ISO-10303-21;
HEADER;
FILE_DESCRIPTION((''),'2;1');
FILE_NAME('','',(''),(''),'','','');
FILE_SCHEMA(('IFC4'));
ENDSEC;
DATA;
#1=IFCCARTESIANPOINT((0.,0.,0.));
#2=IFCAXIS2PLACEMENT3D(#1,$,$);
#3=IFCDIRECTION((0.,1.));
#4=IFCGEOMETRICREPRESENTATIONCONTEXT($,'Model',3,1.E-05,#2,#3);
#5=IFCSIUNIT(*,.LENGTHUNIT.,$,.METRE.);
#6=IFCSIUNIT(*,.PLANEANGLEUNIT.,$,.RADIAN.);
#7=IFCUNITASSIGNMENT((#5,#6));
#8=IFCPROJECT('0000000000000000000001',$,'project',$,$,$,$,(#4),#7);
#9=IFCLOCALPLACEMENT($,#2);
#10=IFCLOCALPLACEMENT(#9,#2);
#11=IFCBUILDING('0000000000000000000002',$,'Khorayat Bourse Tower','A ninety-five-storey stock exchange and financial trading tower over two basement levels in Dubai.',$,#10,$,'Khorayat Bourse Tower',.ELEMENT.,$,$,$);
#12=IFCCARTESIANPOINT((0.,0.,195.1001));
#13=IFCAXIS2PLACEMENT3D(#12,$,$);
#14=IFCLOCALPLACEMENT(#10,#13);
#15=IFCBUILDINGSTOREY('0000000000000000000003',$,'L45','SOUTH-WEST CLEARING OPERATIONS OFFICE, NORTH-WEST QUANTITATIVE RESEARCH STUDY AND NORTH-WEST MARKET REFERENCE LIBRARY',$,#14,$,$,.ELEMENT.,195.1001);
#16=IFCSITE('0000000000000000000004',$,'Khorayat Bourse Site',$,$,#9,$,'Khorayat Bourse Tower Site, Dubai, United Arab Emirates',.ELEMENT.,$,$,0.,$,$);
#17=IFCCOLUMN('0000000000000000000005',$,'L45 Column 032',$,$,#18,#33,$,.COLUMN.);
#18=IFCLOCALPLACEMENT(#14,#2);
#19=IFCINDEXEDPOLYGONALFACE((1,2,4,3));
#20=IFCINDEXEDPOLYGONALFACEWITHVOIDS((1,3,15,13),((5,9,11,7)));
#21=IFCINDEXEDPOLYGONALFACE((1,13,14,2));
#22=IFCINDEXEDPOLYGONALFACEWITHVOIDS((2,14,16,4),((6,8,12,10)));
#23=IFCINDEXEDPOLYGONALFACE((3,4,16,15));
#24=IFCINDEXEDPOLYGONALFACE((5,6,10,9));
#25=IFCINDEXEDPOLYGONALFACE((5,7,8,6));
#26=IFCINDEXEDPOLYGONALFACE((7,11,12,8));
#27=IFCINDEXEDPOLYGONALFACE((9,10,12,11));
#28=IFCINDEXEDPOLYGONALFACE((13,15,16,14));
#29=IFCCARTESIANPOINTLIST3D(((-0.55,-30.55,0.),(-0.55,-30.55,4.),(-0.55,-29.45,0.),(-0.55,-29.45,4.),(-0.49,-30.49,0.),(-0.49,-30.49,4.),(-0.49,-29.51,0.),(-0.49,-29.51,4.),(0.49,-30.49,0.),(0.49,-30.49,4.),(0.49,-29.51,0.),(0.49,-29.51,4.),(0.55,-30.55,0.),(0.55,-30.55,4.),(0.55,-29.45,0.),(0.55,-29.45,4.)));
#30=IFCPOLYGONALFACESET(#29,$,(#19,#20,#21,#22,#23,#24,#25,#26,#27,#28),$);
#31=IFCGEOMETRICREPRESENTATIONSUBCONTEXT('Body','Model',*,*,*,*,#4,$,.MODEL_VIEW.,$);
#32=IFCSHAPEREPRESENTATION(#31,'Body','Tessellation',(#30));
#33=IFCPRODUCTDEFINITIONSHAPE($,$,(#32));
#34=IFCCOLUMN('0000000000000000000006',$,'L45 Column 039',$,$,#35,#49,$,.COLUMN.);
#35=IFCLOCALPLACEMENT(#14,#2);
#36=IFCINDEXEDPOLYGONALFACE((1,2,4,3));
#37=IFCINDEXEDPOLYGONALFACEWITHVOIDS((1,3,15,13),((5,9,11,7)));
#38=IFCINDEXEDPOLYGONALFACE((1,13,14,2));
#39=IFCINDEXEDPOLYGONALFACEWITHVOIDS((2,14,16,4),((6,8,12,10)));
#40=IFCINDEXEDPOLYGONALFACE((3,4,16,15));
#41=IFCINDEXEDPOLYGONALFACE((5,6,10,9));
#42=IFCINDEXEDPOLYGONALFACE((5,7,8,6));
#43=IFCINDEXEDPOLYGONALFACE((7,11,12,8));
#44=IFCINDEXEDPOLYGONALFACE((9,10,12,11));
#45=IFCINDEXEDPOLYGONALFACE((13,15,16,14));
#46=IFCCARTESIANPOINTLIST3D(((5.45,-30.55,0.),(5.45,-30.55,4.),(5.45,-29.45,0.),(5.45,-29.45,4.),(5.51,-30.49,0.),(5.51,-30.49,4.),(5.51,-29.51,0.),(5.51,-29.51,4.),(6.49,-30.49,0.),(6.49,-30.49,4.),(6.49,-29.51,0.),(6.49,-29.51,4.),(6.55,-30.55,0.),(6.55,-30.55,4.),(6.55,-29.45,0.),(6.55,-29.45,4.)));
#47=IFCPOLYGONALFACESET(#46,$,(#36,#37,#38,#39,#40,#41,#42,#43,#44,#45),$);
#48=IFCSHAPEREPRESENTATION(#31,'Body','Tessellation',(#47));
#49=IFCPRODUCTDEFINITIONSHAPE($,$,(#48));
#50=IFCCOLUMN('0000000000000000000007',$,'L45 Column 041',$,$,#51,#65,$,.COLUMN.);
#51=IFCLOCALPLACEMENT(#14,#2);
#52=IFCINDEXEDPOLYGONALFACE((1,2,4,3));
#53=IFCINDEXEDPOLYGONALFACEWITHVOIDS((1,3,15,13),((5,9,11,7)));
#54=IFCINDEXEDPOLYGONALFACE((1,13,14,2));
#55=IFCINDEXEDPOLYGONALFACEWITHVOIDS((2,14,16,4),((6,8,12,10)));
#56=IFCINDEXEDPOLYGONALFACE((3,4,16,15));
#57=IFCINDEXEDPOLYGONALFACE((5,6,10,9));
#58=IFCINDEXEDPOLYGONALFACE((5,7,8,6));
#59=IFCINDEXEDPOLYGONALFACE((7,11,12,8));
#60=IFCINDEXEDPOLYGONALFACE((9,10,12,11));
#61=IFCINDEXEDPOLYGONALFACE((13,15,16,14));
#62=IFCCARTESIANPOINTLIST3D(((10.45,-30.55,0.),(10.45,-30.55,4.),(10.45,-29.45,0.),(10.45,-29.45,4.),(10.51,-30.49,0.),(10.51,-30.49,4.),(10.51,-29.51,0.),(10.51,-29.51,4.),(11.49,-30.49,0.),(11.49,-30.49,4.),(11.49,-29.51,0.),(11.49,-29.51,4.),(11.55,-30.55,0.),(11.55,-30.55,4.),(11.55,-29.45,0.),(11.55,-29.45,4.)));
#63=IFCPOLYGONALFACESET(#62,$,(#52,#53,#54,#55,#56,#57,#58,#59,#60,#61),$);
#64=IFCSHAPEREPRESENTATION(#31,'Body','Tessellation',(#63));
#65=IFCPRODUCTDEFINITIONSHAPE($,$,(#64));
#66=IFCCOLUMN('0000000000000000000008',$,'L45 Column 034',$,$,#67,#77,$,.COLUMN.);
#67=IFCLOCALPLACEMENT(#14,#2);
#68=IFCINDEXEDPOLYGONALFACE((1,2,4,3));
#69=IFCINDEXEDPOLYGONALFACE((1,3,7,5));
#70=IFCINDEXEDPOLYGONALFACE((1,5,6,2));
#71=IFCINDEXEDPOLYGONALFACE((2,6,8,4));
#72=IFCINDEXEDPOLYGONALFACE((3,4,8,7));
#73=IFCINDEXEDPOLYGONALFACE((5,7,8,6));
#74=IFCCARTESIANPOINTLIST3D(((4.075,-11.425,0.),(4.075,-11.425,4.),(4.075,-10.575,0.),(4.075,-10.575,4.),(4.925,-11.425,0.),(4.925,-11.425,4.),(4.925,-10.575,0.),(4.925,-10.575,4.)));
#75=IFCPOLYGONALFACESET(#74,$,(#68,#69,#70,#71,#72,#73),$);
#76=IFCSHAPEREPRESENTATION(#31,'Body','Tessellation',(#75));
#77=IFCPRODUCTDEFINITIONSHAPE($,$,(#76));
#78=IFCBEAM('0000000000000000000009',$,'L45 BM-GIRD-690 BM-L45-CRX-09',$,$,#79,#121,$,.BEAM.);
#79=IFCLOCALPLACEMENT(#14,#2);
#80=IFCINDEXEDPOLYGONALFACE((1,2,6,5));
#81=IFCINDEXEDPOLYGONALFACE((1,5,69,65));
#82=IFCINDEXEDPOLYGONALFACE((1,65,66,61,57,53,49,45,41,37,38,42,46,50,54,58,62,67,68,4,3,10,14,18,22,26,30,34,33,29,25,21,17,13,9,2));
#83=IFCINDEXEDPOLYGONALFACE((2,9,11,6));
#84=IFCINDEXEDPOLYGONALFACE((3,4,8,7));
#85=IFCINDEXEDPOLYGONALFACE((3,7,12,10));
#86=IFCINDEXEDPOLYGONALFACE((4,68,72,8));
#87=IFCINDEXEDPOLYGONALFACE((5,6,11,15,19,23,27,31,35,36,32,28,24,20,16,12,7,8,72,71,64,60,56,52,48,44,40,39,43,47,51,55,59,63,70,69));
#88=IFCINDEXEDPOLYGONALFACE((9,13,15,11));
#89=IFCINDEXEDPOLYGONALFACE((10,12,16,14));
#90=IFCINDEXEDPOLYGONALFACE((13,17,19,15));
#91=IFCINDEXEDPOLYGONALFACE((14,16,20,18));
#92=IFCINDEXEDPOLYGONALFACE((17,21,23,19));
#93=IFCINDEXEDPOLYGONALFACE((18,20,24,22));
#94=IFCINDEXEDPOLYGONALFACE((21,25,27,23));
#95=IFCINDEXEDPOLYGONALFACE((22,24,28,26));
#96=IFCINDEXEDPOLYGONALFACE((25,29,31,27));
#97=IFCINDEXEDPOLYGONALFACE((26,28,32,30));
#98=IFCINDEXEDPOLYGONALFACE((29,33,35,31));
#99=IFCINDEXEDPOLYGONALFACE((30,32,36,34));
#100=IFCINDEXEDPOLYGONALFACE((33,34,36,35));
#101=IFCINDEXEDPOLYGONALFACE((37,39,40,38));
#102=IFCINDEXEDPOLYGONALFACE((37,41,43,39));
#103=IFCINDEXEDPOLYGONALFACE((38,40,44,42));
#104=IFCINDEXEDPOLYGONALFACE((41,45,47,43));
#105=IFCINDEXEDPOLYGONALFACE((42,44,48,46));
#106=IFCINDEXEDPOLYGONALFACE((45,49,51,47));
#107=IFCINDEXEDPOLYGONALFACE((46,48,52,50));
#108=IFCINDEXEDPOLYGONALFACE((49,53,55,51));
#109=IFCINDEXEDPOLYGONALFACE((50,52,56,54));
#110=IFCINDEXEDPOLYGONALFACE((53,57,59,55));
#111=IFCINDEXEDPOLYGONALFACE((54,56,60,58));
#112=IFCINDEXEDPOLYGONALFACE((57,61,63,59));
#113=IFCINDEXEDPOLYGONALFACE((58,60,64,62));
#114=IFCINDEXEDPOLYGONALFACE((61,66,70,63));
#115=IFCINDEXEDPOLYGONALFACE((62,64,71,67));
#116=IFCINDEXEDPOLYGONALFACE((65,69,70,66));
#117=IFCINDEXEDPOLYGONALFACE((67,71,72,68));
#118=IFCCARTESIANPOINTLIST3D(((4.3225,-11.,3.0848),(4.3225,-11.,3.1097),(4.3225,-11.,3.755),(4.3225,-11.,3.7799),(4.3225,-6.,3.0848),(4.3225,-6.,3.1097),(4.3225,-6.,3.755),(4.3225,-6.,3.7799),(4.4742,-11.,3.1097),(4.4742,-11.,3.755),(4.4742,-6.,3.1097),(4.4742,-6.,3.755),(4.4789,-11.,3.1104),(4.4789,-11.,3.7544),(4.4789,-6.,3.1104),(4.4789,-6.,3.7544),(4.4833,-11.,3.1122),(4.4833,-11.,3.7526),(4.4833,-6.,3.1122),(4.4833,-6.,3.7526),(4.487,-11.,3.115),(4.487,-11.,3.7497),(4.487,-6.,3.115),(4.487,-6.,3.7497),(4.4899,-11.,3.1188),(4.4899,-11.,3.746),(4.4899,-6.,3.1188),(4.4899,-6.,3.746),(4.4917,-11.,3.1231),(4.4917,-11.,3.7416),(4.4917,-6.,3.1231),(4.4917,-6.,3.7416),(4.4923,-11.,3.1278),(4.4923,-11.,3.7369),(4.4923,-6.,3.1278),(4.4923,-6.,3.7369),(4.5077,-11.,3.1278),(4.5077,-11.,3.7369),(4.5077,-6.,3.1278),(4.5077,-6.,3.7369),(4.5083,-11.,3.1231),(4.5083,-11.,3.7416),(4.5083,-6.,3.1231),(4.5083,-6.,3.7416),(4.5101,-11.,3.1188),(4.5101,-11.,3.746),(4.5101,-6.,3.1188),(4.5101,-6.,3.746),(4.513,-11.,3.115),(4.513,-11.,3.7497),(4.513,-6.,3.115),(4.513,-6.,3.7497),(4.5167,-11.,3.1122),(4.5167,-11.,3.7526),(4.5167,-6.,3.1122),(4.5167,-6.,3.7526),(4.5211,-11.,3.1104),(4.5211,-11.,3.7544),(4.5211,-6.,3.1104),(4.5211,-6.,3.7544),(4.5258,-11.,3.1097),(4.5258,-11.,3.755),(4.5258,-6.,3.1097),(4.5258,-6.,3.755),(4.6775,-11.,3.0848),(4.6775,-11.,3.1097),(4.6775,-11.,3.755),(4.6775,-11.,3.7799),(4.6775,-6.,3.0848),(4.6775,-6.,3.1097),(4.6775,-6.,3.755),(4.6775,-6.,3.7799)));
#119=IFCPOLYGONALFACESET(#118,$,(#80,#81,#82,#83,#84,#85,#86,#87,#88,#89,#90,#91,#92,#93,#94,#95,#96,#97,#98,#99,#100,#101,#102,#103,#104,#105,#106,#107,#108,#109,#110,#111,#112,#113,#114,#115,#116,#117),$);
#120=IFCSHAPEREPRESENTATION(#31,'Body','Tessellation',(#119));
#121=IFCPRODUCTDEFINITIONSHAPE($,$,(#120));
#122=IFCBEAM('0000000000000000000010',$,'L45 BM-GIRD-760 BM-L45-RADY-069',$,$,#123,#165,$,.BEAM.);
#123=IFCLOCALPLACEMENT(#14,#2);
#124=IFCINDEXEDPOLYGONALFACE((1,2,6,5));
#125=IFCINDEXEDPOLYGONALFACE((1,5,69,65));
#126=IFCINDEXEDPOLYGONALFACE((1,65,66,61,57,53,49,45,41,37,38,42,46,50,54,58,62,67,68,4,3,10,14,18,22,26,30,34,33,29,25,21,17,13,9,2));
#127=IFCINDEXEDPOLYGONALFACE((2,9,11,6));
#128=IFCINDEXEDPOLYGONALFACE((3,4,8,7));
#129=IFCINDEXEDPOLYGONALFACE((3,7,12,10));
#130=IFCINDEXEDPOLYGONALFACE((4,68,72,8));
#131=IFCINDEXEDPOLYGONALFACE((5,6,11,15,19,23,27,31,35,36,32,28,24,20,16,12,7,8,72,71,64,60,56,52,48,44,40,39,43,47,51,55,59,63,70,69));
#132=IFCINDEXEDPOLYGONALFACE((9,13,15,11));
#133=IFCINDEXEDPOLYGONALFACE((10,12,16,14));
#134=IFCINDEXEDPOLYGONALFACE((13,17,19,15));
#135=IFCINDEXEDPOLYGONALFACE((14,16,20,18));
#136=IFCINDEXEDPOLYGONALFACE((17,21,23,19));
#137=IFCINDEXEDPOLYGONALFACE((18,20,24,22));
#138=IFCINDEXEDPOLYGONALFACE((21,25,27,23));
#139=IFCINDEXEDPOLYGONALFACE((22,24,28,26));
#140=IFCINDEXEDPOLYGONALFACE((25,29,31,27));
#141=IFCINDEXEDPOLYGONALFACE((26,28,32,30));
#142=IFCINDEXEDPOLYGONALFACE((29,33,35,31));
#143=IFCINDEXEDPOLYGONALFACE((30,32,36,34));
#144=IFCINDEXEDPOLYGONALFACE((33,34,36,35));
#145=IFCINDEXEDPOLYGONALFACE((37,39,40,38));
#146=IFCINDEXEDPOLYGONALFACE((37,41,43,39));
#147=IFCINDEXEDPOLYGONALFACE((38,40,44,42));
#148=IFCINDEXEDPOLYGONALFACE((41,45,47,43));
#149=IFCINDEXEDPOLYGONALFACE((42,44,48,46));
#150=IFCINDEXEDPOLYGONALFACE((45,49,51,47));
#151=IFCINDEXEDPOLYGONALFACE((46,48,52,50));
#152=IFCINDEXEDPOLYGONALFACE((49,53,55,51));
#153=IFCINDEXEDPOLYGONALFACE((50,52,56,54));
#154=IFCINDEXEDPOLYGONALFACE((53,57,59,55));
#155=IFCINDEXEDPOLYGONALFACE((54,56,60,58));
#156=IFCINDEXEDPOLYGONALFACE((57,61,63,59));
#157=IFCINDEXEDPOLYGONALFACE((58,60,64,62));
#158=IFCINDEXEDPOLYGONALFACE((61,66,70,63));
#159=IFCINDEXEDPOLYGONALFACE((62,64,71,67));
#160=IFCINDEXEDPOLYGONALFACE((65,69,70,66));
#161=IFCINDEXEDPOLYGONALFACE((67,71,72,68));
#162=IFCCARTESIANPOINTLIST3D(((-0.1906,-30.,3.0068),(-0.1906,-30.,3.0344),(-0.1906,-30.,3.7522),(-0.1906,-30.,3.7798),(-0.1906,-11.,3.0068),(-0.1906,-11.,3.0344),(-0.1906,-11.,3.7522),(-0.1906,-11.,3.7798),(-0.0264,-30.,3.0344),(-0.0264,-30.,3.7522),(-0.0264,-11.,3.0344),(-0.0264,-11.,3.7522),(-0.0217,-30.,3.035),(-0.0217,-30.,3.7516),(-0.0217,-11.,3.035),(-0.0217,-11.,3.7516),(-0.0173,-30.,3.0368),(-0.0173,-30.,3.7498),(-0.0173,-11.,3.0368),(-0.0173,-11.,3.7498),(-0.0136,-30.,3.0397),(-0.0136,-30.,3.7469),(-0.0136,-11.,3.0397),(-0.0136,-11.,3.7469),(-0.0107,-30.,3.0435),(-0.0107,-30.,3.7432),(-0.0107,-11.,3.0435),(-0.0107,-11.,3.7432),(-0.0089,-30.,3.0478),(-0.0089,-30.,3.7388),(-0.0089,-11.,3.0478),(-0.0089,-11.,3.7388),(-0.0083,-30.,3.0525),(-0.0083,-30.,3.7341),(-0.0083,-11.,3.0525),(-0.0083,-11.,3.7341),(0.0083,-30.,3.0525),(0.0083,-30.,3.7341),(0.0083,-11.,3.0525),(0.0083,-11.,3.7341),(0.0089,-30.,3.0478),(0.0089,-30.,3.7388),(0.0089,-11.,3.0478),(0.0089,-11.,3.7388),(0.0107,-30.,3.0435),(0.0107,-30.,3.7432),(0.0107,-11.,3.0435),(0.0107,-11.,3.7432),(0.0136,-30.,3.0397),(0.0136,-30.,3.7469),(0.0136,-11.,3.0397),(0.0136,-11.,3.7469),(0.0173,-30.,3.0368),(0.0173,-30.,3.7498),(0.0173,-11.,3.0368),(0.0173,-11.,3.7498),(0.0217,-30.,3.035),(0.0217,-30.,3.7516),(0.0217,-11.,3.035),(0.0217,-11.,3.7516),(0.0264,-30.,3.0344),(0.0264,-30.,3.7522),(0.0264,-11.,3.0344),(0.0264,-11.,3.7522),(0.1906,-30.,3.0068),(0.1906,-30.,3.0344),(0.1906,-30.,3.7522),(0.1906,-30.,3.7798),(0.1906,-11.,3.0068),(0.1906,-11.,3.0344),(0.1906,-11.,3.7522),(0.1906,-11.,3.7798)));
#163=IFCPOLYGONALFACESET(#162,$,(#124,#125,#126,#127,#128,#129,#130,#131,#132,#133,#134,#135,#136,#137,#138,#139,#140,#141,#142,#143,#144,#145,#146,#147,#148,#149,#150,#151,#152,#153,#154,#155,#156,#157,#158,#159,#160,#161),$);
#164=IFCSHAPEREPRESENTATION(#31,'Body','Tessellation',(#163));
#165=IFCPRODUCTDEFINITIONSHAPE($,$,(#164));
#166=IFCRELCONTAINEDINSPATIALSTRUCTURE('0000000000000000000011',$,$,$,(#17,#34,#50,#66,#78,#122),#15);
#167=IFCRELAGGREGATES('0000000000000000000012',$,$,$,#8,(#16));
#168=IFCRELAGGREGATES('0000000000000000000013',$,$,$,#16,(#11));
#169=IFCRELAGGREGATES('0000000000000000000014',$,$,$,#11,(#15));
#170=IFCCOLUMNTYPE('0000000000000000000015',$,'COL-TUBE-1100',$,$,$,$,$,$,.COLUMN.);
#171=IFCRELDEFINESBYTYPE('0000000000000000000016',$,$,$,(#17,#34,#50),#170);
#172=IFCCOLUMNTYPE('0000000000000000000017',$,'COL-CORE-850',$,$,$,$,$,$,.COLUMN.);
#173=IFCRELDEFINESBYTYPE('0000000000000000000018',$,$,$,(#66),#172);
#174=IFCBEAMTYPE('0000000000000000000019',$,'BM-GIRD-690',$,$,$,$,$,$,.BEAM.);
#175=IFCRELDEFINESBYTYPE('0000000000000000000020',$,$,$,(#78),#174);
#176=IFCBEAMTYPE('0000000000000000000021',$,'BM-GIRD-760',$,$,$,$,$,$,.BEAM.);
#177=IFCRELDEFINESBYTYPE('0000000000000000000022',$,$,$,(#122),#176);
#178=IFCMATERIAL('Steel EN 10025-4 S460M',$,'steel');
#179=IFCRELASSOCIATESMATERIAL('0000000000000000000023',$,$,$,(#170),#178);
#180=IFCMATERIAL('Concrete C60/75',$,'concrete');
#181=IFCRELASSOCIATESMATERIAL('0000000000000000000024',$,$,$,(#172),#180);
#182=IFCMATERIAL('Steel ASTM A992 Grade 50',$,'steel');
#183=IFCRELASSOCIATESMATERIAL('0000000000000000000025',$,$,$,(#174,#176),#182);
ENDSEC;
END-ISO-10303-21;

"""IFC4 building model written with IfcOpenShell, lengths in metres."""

from ifc_helpers import new_model, si_unit, direction, frame, origin, origin_2d, place, context, subcontext, project, spatial, rectangle, hollow_rectangle, i_section, extrude, source, transform, mapped, material, material_profile, profile_set, type_object, element, save


model = new_model("IFC4")

# Units and contexts
model_context = context("Model", 3, precision=1e-05, world=origin(), true_north=direction((0.0, 1.0)))
body_context = subcontext(model_context, "Body", "Model", "MODEL_VIEW")
ifc_project = project(units=[si_unit("LENGTHUNIT", "METRE"), si_unit("PLANEANGLEUNIT", "RADIAN")], contexts=[model_context])

# Site, building, storey
site_placement = place(None, origin())
site = spatial("IfcSite", under=ifc_project, at=site_placement, Name="Khorayat Bourse Site", LongName="Khorayat Bourse Tower Site, Dubai, United Arab Emirates", CompositionType="ELEMENT", RefElevation=0.0)
building_placement = place(site_placement, origin())
building = spatial("IfcBuilding", under=site, at=building_placement, Name="Khorayat Bourse Tower", Description="A ninety-five-storey stock exchange and financial trading tower over two basement levels in Dubai.", LongName="Khorayat Bourse Tower", CompositionType="ELEMENT")
storey_placement = place(building_placement, frame((0.0, 0.0, 195.1001)))
storey = spatial("IfcBuildingStorey", under=building, at=storey_placement, Name="L45", Description="SOUTH-WEST CLEARING OPERATIONS OFFICE, NORTH-WEST QUANTITATIVE RESEARCH STUDY AND NORTH-WEST MARKET REFERENCE LIBRARY", CompositionType="ELEMENT", Elevation=195.1001)

# Columns
ifc_material_1 = material(Name="Steel EN 10025-4 S460M", Category="steel")
ifc_material_profile_1 = material_profile(ifc_material_1, hollow_rectangle(XDim=1.1001, YDim=1.1001, WallThickness=0.0601, at=origin_2d()), Name="BOX 1100x1100x60")
ifc_profile_set_1 = profile_set([ifc_material_profile_1], Name="Steel EN 10025-4 S460M")
column_type_1 = type_object("IfcColumnType", Name="COL-TUBE-1100", PredefinedType="COLUMN", material=ifc_profile_set_1)
shared_shape_1 = source(origin(), body_context, "Body", "SweptSolid", [
    extrude(hollow_rectangle(XDim=1.1001, YDim=1.1001, WallThickness=0.0601, at=origin_2d()), origin(), (0.0, 0.0, 1.0), 4.0),
])
for number, where, z_axis, x_axis, name in (
    (1, (0.0, -30.0, 0.0), (0.0, 0.0, 1.0), (1.0, 0.0, 0.0), "L45 Column 032"),
    (2, (6.0, -30.0, 0.0), (0.0, 0.0, 1.0), (1.0, 0.0, 0.0), "L45 Column 039"),
    (3, (11.0, -30.0, 0.0), (0.0, 0.0, 1.0), (1.0, 0.0, 0.0), "L45 Column 041"),
):
    element("IfcColumn", number, at=place(storey_placement, frame(where, z_axis=z_axis, x_axis=x_axis)), inside=storey, type_object=column_type_1, Name=name, PredefinedType="COLUMN", context=body_context, shape_type="MappedRepresentation", body=[
        mapped(shared_shape_1, transform((0.0, 0.0, 0.0), scale=1.0)),
    ])
ifc_material_2 = material(Name="Concrete C60/75", Category="concrete")
ifc_material_profile_2 = material_profile(ifc_material_2, rectangle(XDim=0.8501, YDim=0.8501, at=origin_2d()), Name="RC 850x850")
ifc_profile_set_2 = profile_set([ifc_material_profile_2], Name="Concrete C60/75")
column_type_2 = type_object("IfcColumnType", Name="COL-CORE-850", PredefinedType="COLUMN", material=ifc_profile_set_2)
shared_shape_2 = source(origin(), body_context, "Body", "SweptSolid", [
    extrude(rectangle(XDim=0.8501, YDim=0.8501, at=origin_2d()), origin(), (0.0, 0.0, 1.0), 4.0),
])
column_placement = place(storey_placement, frame((4.5, -11.0, 0.0), z_axis=(0.0, 0.0, 1.0), x_axis=(1.0, 0.0, 0.0)))
element("IfcColumn", 4, at=column_placement, inside=storey, type_object=column_type_2, Name="L45 Column 034", PredefinedType="COLUMN", context=body_context, shape_type="MappedRepresentation", body=[
    mapped(shared_shape_2, transform((0.0, 0.0, 0.0), scale=1.0)),
])

# Beams
ifc_material_3 = material(Name="Steel ASTM A992 Grade 50", Category="steel")
ifc_material_profile_3 = material_profile(ifc_material_3, i_section(OverallWidth=0.355, OverallDepth=0.6951, WebThickness=0.0154, FlangeThickness=0.0249, FilletRadius=0.0181, at=origin_2d()), Name="W690X217")
ifc_profile_set_3 = profile_set([ifc_material_profile_3], Name="Steel ASTM A992 Grade 50")
beam_type_1 = type_object("IfcBeamType", Name="BM-GIRD-690", PredefinedType="BEAM", material=ifc_profile_set_3)
shared_shape_3 = source(origin(), body_context, "Body", "SweptSolid", [
    extrude(i_section(OverallWidth=0.355, OverallDepth=0.6951, WebThickness=0.0154, FlangeThickness=0.0249, FilletRadius=0.0181, at=origin_2d()), origin(), (0.0, 0.0, 1.0), 5.0),
])
beam_1_placement = place(storey_placement, frame((4.5, -11.0, 3.4324), z_axis=(0.0, 1.0, 0.0), x_axis=(-1.0, 0.0, 0.0)))
element("IfcBeam", 5, at=beam_1_placement, inside=storey, type_object=beam_type_1, Name="L45 BM-GIRD-690 BM-L45-CRX-09", PredefinedType="BEAM", context=body_context, shape_type="MappedRepresentation", body=[
    mapped(shared_shape_3, transform((0.0, 0.0, 0.0), scale=1.0)),
])
ifc_material_profile_4 = material_profile(ifc_material_3, i_section(OverallWidth=0.3811, OverallDepth=0.7729, WebThickness=0.0166, FlangeThickness=0.0276, FilletRadius=0.0181, at=origin_2d()), Name="W760X257")
ifc_profile_set_4 = profile_set([ifc_material_profile_4], Name="Steel ASTM A992 Grade 50")
beam_type_2 = type_object("IfcBeamType", Name="BM-GIRD-760", PredefinedType="BEAM", material=ifc_profile_set_4)
shared_shape_4 = source(origin(), body_context, "Body", "SweptSolid", [
    extrude(i_section(OverallWidth=0.3811, OverallDepth=0.7729, WebThickness=0.0166, FlangeThickness=0.0276, FilletRadius=0.0181, at=origin_2d()), origin(), (0.0, 0.0, 1.0), 19.0),
])
for number, where, z_axis, x_axis, name in (
    (6, (0.0, -30.0, 3.3933), (0.0, 1.0, 0.0), (-1.0, 0.0, 0.0), "L45 BM-GIRD-760 BM-L45-RADY-069"),
):
    element("IfcBeam", number, at=place(storey_placement, frame(where, z_axis=z_axis, x_axis=x_axis)), inside=storey, type_object=beam_type_2, Name=name, PredefinedType="BEAM", context=body_context, shape_type="MappedRepresentation", body=[
        mapped(shared_shape_4, transform((0.0, 0.0, 0.0), scale=1.0)),
    ])

save(model, "model.ifc")
